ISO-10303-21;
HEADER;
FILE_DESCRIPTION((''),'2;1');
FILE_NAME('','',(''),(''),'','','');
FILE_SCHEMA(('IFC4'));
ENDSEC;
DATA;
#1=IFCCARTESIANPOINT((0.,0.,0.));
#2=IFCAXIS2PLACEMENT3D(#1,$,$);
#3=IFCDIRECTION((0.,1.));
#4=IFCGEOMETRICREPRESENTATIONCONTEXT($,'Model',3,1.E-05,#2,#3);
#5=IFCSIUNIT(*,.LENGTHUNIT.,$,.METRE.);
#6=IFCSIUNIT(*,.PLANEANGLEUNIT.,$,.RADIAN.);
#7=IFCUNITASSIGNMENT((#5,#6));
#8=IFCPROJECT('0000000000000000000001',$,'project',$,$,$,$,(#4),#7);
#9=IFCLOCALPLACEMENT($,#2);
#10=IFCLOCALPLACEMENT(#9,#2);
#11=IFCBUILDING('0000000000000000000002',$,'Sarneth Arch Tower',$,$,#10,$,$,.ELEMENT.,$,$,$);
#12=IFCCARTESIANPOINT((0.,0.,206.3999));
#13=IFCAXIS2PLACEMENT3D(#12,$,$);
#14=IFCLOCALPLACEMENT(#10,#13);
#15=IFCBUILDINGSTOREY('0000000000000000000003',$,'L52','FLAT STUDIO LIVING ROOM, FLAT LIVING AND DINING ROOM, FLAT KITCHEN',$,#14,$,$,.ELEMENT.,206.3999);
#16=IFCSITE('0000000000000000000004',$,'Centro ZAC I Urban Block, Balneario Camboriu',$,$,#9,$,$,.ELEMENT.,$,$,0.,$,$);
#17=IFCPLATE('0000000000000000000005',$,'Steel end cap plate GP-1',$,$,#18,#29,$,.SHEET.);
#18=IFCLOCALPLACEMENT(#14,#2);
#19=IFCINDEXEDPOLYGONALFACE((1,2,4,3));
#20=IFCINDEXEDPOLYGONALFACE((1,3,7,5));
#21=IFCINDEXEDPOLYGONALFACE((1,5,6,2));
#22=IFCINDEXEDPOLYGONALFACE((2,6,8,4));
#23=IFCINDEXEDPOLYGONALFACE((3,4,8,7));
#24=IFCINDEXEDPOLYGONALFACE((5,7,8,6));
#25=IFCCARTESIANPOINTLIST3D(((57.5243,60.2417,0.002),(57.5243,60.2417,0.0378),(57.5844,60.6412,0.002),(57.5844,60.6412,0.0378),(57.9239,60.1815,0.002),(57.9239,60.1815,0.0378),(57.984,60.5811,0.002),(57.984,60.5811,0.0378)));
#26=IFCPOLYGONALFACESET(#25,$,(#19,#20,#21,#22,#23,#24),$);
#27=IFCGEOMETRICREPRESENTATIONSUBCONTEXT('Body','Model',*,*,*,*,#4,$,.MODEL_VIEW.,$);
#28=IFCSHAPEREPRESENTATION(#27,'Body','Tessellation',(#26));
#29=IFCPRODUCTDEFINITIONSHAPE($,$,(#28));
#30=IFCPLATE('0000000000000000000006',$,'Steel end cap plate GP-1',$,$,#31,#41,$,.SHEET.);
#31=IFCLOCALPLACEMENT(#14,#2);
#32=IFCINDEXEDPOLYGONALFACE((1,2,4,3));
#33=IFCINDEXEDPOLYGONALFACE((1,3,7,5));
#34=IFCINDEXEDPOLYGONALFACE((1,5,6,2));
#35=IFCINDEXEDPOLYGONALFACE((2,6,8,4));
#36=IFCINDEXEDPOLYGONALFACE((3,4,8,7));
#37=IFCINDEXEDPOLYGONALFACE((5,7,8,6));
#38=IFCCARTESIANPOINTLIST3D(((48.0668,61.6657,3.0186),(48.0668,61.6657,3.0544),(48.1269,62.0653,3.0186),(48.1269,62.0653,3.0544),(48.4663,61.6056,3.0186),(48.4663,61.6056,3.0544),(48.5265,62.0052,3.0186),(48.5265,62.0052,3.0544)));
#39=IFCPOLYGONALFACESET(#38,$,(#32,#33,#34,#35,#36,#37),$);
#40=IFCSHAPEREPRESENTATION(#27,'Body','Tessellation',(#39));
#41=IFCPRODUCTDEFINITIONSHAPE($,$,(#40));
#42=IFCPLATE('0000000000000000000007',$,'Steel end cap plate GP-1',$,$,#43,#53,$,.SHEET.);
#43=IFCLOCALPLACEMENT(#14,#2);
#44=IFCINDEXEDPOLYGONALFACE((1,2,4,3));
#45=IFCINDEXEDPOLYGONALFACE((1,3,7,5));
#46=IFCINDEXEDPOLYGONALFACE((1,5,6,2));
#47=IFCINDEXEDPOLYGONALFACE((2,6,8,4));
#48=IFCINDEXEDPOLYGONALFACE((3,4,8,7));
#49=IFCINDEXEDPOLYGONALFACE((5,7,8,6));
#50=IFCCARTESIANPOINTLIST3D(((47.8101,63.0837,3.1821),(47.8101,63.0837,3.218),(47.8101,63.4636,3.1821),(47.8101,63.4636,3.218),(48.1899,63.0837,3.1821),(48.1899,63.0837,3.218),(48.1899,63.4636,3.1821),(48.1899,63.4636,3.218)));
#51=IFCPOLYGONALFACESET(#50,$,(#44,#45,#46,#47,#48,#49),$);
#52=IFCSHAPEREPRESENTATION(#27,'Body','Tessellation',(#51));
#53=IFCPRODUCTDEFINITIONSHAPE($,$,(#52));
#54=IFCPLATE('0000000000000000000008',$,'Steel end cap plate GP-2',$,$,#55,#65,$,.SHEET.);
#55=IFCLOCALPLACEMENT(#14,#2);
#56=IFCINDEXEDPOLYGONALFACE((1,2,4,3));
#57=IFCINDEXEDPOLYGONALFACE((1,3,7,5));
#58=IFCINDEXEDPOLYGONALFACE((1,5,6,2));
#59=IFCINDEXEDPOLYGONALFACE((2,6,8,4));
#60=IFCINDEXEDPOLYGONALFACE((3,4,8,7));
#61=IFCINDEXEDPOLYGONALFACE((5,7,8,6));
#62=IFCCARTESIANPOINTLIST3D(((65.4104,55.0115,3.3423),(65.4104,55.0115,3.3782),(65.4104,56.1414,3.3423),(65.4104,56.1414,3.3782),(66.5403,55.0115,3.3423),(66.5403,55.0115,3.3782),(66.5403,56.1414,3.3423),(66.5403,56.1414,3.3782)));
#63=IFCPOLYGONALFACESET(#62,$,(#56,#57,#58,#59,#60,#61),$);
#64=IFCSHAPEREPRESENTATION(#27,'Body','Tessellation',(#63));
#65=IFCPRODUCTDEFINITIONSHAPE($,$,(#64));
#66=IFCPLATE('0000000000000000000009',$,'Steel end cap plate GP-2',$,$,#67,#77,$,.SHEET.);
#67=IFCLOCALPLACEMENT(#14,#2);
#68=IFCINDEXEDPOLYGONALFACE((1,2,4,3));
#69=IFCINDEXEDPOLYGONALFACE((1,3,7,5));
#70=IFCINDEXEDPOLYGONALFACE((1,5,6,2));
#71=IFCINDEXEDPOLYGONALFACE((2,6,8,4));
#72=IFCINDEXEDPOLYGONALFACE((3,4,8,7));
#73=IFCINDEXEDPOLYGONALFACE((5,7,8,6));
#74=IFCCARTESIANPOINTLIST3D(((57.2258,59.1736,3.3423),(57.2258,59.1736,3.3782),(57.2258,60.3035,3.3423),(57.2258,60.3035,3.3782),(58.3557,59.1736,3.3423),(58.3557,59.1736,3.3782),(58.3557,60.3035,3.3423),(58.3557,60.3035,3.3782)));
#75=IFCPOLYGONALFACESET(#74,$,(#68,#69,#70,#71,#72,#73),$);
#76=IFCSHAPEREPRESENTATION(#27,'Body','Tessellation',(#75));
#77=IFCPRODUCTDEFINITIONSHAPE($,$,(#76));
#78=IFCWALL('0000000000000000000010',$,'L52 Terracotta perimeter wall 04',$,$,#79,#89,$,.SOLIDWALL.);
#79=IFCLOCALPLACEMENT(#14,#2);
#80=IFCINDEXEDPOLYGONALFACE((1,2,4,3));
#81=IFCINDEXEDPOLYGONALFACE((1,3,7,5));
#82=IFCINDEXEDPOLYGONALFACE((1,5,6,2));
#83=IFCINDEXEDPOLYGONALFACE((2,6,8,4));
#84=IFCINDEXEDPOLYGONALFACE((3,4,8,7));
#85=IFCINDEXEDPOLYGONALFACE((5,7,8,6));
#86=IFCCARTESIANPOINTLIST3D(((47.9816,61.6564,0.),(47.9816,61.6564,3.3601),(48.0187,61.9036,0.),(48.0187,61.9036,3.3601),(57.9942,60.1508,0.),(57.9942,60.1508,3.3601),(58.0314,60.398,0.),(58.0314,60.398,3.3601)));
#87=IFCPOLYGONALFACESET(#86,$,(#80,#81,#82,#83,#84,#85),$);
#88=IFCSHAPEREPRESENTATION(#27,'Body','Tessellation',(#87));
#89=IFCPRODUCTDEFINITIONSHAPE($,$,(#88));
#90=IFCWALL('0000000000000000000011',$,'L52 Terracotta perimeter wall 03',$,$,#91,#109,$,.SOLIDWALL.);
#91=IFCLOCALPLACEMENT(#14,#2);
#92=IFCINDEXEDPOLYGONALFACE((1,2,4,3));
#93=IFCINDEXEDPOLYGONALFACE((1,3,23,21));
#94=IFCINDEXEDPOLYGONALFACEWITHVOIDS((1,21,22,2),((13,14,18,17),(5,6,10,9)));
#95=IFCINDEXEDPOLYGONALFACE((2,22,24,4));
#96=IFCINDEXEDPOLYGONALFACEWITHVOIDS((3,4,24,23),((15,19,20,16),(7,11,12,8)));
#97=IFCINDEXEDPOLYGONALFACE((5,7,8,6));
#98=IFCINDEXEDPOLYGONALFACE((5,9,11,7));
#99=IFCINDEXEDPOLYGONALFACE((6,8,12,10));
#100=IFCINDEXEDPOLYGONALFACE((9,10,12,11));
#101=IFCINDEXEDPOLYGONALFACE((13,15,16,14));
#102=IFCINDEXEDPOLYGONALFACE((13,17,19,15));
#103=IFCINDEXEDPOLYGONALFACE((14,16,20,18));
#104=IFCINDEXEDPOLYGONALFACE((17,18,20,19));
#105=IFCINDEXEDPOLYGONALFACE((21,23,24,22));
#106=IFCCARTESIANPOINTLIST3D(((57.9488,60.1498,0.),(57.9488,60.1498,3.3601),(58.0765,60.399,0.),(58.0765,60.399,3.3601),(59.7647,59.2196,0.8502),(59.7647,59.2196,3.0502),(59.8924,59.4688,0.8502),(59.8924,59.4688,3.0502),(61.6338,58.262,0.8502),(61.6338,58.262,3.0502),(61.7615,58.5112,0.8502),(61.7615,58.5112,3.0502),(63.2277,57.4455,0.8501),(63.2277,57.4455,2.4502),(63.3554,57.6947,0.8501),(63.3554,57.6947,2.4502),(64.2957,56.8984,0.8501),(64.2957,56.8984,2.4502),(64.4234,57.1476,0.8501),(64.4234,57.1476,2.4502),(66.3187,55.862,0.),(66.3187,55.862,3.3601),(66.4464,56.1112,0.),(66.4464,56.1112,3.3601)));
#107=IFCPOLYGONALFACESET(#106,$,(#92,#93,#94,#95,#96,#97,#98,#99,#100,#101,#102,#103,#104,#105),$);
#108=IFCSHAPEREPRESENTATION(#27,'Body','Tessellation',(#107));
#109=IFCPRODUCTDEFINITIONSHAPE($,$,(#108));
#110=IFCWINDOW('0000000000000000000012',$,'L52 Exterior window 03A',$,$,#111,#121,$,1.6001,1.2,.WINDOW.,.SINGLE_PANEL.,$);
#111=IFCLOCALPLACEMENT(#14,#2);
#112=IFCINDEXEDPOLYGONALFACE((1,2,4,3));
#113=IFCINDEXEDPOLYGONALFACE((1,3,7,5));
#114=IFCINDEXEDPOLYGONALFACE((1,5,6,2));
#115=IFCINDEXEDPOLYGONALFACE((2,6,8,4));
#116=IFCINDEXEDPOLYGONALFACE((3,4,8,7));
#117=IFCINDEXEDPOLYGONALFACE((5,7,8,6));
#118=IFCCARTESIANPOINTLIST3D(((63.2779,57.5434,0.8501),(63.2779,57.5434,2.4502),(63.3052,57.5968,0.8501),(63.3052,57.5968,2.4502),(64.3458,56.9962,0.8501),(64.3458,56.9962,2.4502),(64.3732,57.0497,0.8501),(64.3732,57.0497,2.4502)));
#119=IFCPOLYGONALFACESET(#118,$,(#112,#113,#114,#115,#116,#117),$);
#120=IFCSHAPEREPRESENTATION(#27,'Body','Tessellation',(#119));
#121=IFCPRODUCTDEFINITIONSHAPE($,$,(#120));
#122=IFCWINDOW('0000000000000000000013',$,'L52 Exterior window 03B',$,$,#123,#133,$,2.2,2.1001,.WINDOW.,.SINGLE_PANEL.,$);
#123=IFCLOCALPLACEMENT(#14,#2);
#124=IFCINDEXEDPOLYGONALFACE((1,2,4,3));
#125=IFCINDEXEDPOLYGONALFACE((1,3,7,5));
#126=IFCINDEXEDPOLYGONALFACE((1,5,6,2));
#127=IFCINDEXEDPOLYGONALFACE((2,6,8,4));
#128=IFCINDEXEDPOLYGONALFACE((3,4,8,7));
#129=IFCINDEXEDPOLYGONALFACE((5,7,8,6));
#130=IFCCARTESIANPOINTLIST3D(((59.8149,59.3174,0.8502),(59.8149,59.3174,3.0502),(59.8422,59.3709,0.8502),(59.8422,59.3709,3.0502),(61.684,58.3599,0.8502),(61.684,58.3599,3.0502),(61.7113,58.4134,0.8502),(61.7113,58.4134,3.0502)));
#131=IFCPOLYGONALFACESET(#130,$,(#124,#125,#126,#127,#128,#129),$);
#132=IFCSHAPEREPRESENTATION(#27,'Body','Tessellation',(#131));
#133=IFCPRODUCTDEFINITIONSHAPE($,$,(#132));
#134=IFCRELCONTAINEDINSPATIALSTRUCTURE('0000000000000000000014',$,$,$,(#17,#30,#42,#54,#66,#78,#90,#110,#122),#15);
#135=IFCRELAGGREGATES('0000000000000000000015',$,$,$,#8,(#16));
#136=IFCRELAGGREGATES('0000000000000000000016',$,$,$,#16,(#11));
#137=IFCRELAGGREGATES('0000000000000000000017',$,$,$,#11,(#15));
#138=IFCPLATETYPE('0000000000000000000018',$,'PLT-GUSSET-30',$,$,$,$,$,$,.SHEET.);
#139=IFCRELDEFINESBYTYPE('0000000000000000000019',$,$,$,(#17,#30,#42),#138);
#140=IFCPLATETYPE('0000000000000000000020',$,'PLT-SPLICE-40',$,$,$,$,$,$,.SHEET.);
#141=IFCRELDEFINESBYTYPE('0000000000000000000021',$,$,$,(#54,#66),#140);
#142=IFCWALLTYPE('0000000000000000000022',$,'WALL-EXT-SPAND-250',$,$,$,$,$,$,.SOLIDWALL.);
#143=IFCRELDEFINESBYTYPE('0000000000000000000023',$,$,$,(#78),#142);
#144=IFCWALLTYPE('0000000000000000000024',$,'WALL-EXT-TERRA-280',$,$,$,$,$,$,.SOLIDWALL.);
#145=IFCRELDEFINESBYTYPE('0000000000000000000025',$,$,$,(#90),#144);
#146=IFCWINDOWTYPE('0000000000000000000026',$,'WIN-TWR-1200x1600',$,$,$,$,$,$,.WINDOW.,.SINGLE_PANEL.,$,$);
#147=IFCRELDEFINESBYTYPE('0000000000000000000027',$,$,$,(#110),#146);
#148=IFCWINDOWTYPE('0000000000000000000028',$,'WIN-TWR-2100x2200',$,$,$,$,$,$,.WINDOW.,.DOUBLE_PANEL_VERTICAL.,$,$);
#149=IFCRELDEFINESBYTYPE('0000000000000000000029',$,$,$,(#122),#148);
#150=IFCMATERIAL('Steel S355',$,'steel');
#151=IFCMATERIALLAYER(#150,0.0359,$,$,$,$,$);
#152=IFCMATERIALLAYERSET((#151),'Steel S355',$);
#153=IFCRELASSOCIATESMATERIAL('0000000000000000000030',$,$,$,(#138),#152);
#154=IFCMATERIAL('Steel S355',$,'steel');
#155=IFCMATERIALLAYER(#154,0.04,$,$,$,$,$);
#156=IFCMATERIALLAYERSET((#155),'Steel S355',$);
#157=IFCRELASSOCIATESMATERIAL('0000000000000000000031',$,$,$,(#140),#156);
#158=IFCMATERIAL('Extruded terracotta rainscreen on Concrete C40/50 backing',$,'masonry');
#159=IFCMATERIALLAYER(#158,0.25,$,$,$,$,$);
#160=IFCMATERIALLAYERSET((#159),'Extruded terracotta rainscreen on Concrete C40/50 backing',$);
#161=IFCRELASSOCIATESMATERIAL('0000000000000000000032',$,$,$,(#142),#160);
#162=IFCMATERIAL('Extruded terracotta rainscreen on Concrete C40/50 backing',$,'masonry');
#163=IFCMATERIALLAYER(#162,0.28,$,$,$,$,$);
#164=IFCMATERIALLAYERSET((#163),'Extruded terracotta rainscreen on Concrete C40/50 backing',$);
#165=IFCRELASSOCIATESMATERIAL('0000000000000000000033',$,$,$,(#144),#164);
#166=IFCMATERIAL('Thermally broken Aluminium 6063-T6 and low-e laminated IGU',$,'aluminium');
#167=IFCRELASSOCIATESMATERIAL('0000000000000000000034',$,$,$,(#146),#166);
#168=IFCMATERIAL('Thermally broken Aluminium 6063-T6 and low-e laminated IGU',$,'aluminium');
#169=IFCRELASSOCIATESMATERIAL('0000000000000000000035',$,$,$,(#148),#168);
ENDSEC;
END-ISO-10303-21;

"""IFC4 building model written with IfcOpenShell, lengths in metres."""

from ifc_helpers import new_model, si_unit, direction, frame, frame_2d, origin, origin_2d, place, context, subcontext, project, spatial, rectangle, extrude, material, layer, layer_set, type_object, element, fill, save


model = new_model("IFC4")

# Units and contexts
model_context = context("Model", 3, precision=1e-05, world=origin(), true_north=direction((0.0, 1.0)))
body_context = subcontext(model_context, "Body", "Model", "MODEL_VIEW")
ifc_project = project(units=[si_unit("LENGTHUNIT", "METRE"), si_unit("PLANEANGLEUNIT", "RADIAN")], contexts=[model_context])

# Site, building, storey
site_placement = place(None, origin())
site = spatial("IfcSite", under=ifc_project, at=site_placement, Name="Centro ZAC I Urban Block, Balneario Camboriu", CompositionType="ELEMENT", RefElevation=0.0)
building_placement = place(site_placement, origin())
building = spatial("IfcBuilding", under=site, at=building_placement, Name="Sarneth Arch Tower", CompositionType="ELEMENT")
storey_placement = place(building_placement, frame((0.0, 0.0, 206.3999)))
storey = spatial("IfcBuildingStorey", under=building, at=storey_placement, Name="L52", Description="FLAT STUDIO LIVING ROOM, FLAT LIVING AND DINING ROOM, FLAT KITCHEN", CompositionType="ELEMENT", Elevation=206.3999)

# Plates
ifc_material_1 = material(Name="Steel S355", Category="steel")
ifc_layer_1 = layer(ifc_material_1, 0.0359)
ifc_layer_set_1 = layer_set([ifc_layer_1], Name="Steel S355")
plate_type_1 = type_object("IfcPlateType", Name="PLT-GUSSET-30", PredefinedType="SHEET", material=ifc_layer_set_1)
for number, where, z_axis, x_axis, name in (
    (1, (57.7542, 60.4114, 0.002), (0.0, 0.0, 1.0), (-0.988861, 0.148845, 0.0), "Steel end cap plate GP-1"),
    (2, (48.2966, 61.8354, 3.0186), (0.0, 0.0, 1.0), (-0.988861, 0.148845, 0.0), "Steel end cap plate GP-1"),
):
    element("IfcPlate", number, at=place(storey_placement, frame(where, z_axis=z_axis, x_axis=x_axis)), inside=storey, type_object=plate_type_1, Name=name, PredefinedType="SHEET", context=body_context, shape_type="SweptSolid", body=[
        extrude(rectangle(XDim=0.4041, YDim=0.4041, at=origin_2d()), origin(), (0.0, 0.0, 1.0), 0.0359),
    ])
plate_placement = place(storey_placement, frame((48.0, 63.2737, 3.1821), z_axis=(0.0, 0.0, 1.0), x_axis=(0.0, 1.0, 0.0)))
element("IfcPlate", 3, at=plate_placement, inside=storey, type_object=plate_type_1, Name="Steel end cap plate GP-1", PredefinedType="SHEET", context=body_context, shape_type="SweptSolid", body=[
    extrude(rectangle(XDim=0.3799, YDim=0.3799, at=origin_2d()), origin(), (0.0, 0.0, 1.0), 0.0359),
])
ifc_material_2 = material(Name="Steel S355", Category="steel")
ifc_layer_2 = layer(ifc_material_2, 0.04)
ifc_layer_set_2 = layer_set([ifc_layer_2], Name="Steel S355")
plate_type_2 = type_object("IfcPlateType", Name="PLT-SPLICE-40", PredefinedType="SHEET", material=ifc_layer_set_2)
for number, where, z_axis, x_axis, name in (
    (4, (65.9753, 55.5764, 3.3423), (0.0, 0.0, 1.0), (1.0, 0.0, 0.0), "Steel end cap plate GP-2"),
    (5, (57.7908, 59.7385, 3.3423), (0.0, 0.0, 1.0), (1.0, 0.0, 0.0), "Steel end cap plate GP-2"),
):
    element("IfcPlate", number, at=place(storey_placement, frame(where, z_axis=z_axis, x_axis=x_axis)), inside=storey, type_object=plate_type_2, Name=name, PredefinedType="SHEET", context=body_context, shape_type="SweptSolid", body=[
        extrude(rectangle(XDim=1.1299, YDim=1.1299, at=origin_2d()), origin(), (0.0, 0.0, 1.0), 0.0359),
    ])

# Wall
ifc_material_3 = material(Name="Extruded terracotta rainscreen on Concrete C40/50 backing", Category="masonry")
ifc_layer_3 = layer(ifc_material_3, 0.25)
ifc_layer_set_3 = layer_set([ifc_layer_3], Name="Extruded terracotta rainscreen on Concrete C40/50 backing")
wall_type_1 = type_object("IfcWallType", Name="WALL-EXT-SPAND-250", PredefinedType="SOLIDWALL", material=ifc_layer_set_3)
wall_1_placement = place(storey_placement, frame((58.0127, 60.2744, 0.0), z_axis=(0.0, 0.0, 1.0), x_axis=(-0.988883, 0.148699, 0.0)))
element("IfcWall", 6, at=wall_1_placement, inside=storey, type_object=wall_type_1, Name="L52 Terracotta perimeter wall 04", PredefinedType="SOLIDWALL", context=body_context, shape_type="SweptSolid", body=[
    extrude(rectangle(XDim=10.1252, YDim=0.25, at=frame_2d((5.0625, 0.0))), origin(), (0.0, 0.0, 1.0), 3.3601),
])

# Wall, openings, windows
ifc_material_4 = material(Name="Extruded terracotta rainscreen on Concrete C40/50 backing", Category="masonry")
ifc_layer_4 = layer(ifc_material_4, 0.28)
ifc_layer_set_4 = layer_set([ifc_layer_4], Name="Extruded terracotta rainscreen on Concrete C40/50 backing")
wall_type_2 = type_object("IfcWallType", Name="WALL-EXT-TERRA-280", PredefinedType="SOLIDWALL", material=ifc_layer_set_4)
wall_2_placement = place(storey_placement, frame((66.3826, 55.9866, 0.0), z_axis=(0.0, 0.0, 1.0), x_axis=(-0.890007, 0.455946, 0.0)))
wall_2 = element("IfcWall", 7, at=wall_2_placement, inside=storey, type_object=wall_type_2, Name="L52 Terracotta perimeter wall 03", PredefinedType="SOLIDWALL", context=body_context, shape_type="SweptSolid", body=[
    extrude(rectangle(XDim=9.4043, YDim=0.28, at=frame_2d((4.7021, 0.0))), origin(), (0.0, 0.0, 1.0), 3.3601),
])
opening_1_placement = place(wall_2_placement, frame((2.2729, 0.0, 0.8501)))
opening_1 = element("IfcOpeningElement", 8, at=opening_1_placement, cuts=wall_2, PredefinedType="OPENING", context=body_context, shape_type="SweptSolid", body=[
    extrude(rectangle(XDim=1.2, YDim=1.6001, at=frame_2d((0.6001, 0.8))), frame((0.0, 0.1499, 0.0), z_axis=(0.0, -1.0, 0.0), x_axis=(1.0, 0.0, 0.0)), (0.0, 0.0, 1.0), 0.3),
])
opening_2_placement = place(wall_2_placement, frame((5.2639, 0.0, 0.8501)))
opening_2 = element("IfcOpeningElement", 9, at=opening_2_placement, cuts=wall_2, PredefinedType="OPENING", context=body_context, shape_type="SweptSolid", body=[
    extrude(rectangle(XDim=2.1001, YDim=2.2, at=frame_2d((1.05, 1.1001))), frame((0.0, 0.1499, 0.0), z_axis=(0.0, -1.0, 0.0), x_axis=(1.0, 0.0, 0.0)), (0.0, 0.0, 1.0), 0.3),
])
ifc_material_5 = material(Name="Thermally broken Aluminium 6063-T6 and low-e laminated IGU", Category="aluminium")
window_type_1 = type_object("IfcWindowType", Name="WIN-TWR-1200x1600", PartitioningType="SINGLE_PANEL", PredefinedType="WINDOW", material=ifc_material_5)
window_1_placement = place(opening_1_placement, origin())
window_1 = element("IfcWindow", 10, at=window_1_placement, inside=storey, type_object=window_type_1, Name="L52 Exterior window 03A", OverallHeight=1.6001, OverallWidth=1.2, PartitioningType="SINGLE_PANEL", PredefinedType="WINDOW", context=body_context, shape_type="SweptSolid", body=[
    extrude(rectangle(XDim=1.2, YDim=1.6001, at=frame_2d((0.6001, 0.8))), frame((0.0, 0.03, 0.0), z_axis=(0.0, -1.0, 0.0), x_axis=(1.0, 0.0, 0.0)), (0.0, 0.0, 1.0), 0.0601),
])
fill(opening_1, window_1)
ifc_material_6 = material(Name="Thermally broken Aluminium 6063-T6 and low-e laminated IGU", Category="aluminium")
window_type_2 = type_object("IfcWindowType", Name="WIN-TWR-2100x2200", PartitioningType="DOUBLE_PANEL_VERTICAL", PredefinedType="WINDOW", material=ifc_material_6)
window_2_placement = place(opening_2_placement, origin())
window_2 = element("IfcWindow", 11, at=window_2_placement, inside=storey, type_object=window_type_2, Name="L52 Exterior window 03B", OverallHeight=2.2, OverallWidth=2.1001, PartitioningType="SINGLE_PANEL", PredefinedType="WINDOW", context=body_context, shape_type="SweptSolid", body=[
    extrude(rectangle(XDim=2.1001, YDim=2.2, at=frame_2d((1.05, 1.1001))), frame((0.0, 0.03, 0.0), z_axis=(0.0, -1.0, 0.0), x_axis=(1.0, 0.0, 0.0)), (0.0, 0.0, 1.0), 0.0601),
])
fill(opening_2, window_2)

save(model, "model.ifc")
